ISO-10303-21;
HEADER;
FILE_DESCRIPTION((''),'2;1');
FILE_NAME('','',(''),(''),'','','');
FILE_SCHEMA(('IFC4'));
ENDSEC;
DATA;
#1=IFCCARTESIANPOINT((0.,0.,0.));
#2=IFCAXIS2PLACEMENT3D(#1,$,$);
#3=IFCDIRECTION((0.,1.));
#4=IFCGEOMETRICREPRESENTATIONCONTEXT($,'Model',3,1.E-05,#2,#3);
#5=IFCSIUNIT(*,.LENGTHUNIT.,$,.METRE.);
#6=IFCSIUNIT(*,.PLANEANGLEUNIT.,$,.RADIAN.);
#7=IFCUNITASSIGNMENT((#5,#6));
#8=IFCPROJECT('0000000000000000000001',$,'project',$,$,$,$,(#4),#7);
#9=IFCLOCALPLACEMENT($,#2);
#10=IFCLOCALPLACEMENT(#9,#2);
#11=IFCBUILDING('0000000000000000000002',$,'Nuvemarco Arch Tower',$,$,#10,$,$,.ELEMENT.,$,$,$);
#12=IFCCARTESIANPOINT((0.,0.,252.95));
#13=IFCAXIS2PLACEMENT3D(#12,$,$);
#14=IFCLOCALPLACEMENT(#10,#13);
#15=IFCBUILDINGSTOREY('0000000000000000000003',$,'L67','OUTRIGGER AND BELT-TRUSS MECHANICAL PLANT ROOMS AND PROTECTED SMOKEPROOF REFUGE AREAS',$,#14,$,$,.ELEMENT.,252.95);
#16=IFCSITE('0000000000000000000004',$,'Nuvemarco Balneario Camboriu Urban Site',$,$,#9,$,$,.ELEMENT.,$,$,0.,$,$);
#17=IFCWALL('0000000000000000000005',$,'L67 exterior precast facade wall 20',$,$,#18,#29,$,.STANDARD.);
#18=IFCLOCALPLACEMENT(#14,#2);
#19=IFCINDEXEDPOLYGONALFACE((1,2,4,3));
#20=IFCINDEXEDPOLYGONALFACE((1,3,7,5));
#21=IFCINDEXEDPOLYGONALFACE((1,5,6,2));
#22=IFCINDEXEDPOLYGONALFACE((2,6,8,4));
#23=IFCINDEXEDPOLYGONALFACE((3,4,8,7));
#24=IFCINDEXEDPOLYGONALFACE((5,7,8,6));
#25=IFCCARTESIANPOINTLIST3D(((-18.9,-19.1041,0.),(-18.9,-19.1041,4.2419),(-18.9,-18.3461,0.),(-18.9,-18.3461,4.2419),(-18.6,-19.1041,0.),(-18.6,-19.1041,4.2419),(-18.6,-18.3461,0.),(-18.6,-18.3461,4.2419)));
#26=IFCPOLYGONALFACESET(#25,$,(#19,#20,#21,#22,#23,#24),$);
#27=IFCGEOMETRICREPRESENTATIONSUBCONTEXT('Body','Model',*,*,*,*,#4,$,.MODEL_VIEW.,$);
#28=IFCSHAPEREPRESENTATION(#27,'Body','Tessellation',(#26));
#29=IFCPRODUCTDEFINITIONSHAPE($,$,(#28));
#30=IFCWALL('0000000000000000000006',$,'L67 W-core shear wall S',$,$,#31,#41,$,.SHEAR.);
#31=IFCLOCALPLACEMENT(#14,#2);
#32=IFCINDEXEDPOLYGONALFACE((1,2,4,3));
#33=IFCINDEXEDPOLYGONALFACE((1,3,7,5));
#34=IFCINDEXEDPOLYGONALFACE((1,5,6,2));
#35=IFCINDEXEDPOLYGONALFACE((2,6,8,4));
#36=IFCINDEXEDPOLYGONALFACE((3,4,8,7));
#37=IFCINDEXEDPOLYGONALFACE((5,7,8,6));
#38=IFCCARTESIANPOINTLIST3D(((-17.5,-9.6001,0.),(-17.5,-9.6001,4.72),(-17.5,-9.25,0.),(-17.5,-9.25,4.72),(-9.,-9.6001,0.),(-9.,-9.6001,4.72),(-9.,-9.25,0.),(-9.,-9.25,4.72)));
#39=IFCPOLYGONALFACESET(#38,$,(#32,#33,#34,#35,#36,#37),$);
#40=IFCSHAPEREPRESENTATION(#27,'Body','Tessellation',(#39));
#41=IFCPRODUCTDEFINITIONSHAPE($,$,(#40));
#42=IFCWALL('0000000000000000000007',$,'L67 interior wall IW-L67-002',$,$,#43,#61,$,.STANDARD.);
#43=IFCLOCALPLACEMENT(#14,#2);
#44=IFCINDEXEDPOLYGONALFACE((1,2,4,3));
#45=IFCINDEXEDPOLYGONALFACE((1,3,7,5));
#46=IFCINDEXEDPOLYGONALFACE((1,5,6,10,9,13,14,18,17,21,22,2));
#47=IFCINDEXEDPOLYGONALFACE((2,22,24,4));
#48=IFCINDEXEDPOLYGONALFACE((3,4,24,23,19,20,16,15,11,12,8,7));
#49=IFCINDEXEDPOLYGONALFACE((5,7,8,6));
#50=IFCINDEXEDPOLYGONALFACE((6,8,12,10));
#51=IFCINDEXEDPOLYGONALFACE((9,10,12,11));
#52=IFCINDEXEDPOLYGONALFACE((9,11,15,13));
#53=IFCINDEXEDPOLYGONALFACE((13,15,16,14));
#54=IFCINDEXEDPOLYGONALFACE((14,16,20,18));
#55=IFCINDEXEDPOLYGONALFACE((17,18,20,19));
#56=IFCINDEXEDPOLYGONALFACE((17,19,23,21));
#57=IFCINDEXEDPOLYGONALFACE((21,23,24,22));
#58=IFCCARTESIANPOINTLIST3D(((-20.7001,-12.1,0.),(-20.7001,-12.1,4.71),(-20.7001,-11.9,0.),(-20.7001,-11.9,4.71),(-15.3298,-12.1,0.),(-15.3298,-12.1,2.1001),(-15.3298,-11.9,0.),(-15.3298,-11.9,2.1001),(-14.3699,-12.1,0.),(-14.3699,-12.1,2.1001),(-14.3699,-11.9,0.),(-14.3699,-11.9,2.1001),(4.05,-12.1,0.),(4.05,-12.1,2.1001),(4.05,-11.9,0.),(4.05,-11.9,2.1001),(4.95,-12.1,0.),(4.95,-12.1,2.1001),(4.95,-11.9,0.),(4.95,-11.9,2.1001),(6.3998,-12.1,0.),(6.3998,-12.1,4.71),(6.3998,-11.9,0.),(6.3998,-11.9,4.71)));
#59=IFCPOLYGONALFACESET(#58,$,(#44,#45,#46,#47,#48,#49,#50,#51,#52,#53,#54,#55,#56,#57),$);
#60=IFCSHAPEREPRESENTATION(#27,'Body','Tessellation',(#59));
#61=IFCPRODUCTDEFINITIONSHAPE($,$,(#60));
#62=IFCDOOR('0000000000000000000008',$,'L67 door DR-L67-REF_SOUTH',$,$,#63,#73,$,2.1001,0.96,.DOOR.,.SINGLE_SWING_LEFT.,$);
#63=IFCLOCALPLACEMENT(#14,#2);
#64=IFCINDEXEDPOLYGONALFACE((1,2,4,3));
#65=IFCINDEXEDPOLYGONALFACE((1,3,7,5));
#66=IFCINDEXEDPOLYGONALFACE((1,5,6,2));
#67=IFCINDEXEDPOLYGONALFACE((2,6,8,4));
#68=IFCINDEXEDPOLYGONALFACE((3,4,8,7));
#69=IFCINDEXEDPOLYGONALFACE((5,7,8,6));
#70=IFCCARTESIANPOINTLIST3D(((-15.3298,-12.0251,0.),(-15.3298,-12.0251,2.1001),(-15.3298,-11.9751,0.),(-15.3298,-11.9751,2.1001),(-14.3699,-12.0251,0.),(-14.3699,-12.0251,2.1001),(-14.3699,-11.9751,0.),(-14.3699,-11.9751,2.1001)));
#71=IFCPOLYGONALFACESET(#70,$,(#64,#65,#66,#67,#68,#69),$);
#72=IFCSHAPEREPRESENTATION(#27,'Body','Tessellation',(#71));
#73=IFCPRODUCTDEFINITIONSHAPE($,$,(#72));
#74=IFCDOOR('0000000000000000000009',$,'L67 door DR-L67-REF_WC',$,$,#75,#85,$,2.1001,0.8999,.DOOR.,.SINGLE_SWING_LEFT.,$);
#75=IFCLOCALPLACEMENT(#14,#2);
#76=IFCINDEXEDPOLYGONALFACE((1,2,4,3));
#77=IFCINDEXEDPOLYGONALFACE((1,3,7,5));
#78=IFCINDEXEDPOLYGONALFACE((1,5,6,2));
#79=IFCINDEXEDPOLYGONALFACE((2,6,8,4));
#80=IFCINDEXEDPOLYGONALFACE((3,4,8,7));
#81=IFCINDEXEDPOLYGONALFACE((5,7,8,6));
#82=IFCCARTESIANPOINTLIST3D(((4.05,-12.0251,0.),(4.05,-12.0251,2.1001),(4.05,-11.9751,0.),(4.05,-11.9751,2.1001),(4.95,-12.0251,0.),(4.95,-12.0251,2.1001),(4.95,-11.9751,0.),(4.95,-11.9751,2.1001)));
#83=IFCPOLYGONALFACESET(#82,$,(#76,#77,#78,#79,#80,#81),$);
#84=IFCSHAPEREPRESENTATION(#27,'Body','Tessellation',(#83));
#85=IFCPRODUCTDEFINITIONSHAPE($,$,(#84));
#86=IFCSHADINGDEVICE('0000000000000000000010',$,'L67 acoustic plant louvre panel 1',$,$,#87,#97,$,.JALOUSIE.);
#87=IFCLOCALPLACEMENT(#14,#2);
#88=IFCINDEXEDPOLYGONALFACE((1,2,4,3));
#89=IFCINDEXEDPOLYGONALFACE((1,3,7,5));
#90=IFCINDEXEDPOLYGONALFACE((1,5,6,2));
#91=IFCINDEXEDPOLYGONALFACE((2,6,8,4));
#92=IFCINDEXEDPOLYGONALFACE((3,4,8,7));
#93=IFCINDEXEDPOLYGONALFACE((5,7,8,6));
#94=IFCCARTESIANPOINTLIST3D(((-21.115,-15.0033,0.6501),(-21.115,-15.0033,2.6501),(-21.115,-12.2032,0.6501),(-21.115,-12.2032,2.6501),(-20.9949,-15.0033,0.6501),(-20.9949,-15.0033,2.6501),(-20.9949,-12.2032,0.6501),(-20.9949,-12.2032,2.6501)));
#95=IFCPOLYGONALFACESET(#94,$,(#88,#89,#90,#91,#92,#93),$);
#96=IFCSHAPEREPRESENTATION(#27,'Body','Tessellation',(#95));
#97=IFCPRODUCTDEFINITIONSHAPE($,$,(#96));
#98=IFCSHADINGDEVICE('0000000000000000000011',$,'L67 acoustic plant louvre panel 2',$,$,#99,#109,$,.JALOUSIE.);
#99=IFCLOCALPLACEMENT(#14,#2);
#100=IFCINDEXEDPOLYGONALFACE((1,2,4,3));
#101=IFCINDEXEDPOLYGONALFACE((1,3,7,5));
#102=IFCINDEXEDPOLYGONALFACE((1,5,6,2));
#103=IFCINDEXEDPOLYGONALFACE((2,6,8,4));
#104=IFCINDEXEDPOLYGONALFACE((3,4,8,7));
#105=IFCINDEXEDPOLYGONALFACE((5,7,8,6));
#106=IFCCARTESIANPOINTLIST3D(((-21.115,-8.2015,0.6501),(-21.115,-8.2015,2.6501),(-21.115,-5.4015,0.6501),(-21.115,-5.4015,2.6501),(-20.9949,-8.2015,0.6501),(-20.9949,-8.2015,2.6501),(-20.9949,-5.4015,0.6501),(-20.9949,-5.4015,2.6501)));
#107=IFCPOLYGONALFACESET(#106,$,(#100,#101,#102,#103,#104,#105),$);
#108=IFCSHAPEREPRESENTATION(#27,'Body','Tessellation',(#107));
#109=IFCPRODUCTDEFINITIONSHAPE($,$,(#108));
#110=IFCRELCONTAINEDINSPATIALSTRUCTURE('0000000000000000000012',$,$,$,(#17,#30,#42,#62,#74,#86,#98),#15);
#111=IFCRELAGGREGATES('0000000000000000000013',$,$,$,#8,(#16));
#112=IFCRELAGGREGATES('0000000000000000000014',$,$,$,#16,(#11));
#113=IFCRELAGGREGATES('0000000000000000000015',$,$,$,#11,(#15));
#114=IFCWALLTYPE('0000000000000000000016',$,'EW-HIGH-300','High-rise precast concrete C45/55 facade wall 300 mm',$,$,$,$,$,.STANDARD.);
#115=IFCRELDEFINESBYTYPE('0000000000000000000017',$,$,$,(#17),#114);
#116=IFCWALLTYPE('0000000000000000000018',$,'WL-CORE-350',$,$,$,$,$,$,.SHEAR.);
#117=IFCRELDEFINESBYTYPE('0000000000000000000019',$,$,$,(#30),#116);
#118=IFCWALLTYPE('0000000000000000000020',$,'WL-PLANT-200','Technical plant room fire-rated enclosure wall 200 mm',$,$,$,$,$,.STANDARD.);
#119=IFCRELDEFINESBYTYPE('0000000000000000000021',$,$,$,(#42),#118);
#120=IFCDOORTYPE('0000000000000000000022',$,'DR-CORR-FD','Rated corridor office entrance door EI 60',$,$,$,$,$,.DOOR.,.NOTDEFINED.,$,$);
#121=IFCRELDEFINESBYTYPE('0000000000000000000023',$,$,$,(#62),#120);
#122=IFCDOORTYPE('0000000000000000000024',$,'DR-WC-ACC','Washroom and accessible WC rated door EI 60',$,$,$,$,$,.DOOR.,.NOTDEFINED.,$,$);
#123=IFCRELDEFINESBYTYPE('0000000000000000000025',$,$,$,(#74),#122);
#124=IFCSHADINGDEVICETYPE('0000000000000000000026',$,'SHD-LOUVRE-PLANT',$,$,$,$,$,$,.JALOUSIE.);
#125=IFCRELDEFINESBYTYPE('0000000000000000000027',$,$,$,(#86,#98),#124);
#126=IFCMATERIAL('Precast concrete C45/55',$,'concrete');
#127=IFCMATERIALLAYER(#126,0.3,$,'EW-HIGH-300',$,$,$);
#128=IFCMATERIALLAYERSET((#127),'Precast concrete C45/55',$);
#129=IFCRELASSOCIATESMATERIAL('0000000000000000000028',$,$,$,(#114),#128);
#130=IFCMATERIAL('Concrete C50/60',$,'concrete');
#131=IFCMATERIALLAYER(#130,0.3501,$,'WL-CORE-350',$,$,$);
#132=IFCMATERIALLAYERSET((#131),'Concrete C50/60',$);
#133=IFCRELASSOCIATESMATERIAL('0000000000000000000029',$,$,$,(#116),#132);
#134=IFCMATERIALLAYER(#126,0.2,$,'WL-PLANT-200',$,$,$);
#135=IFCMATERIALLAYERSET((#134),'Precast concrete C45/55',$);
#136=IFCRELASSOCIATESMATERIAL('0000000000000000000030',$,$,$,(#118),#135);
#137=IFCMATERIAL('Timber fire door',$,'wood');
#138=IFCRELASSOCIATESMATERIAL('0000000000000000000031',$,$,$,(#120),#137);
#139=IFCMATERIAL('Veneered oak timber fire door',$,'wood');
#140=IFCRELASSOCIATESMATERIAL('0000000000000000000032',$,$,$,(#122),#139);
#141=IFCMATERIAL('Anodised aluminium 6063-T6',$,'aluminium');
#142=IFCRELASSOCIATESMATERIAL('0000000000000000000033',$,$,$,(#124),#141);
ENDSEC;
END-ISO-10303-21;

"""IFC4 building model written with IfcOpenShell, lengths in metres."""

from ifc_helpers import new_model, si_unit, direction, frame, frame_2d, origin, origin_2d, place, context, subcontext, project, spatial, rectangle, extrude, source, transform, mapped, material, layer, layer_set, type_object, type_shapes, element, fill, save


model = new_model("IFC4")

# Units and contexts
model_context = context("Model", 3, precision=1e-05, world=origin(), true_north=direction((0.0, 1.0)))
body_context = subcontext(model_context, "Body", "Model", "MODEL_VIEW")
ifc_project = project(units=[si_unit("LENGTHUNIT", "METRE"), si_unit("PLANEANGLEUNIT", "RADIAN")], contexts=[model_context])

# Site, building, storey
site_placement = place(None, origin())
site = spatial("IfcSite", under=ifc_project, at=site_placement, Name="Nuvemarco Balneario Camboriu Urban Site", CompositionType="ELEMENT", RefElevation=0.0)
building_placement = place(site_placement, origin())
building = spatial("IfcBuilding", under=site, at=building_placement, Name="Nuvemarco Arch Tower", CompositionType="ELEMENT")
storey_placement = place(building_placement, frame((0.0, 0.0, 252.95)))
storey = spatial("IfcBuildingStorey", under=building, at=storey_placement, Name="L67", Description="OUTRIGGER AND BELT-TRUSS MECHANICAL PLANT ROOMS AND PROTECTED SMOKEPROOF REFUGE AREAS", CompositionType="ELEMENT", Elevation=252.95)

# Shared definitions
ifc_material_1 = material(Name="Concrete C50/60", Category="concrete")

# Shared definitions
ifc_material_2 = material(Name="Precast concrete C45/55", Category="concrete")

# Walls
ifc_layer_1 = layer(ifc_material_2, 0.3, Name="EW-HIGH-300")
ifc_layer_set_1 = layer_set([ifc_layer_1], Name="Precast concrete C45/55")
wall_type_1 = type_object("IfcWallType", Name="EW-HIGH-300", Description="High-rise precast concrete C45/55 facade wall 300 mm", PredefinedType="STANDARD", material=ifc_layer_set_1)
wall_1_placement = place(storey_placement, frame((-18.75, -19.104, 0.0), z_axis=(0.0, 0.0, 1.0), x_axis=(0.0, 1.0, 0.0)))
element("IfcWall", 1, at=wall_1_placement, inside=storey, type_object=wall_type_1, Name="L67 exterior precast facade wall 20", PredefinedType="STANDARD", context=body_context, shape_type="SweptSolid", body=[
    extrude(rectangle(XDim=0.7581, YDim=0.3, at=frame_2d((0.3789, 0.0))), origin(), (0.0, 0.0, 1.0), 4.2419),
])
ifc_layer_2 = layer(ifc_material_1, 0.3501, Name="WL-CORE-350")
ifc_layer_set_2 = layer_set([ifc_layer_2], Name="Concrete C50/60")
wall_type_2 = type_object("IfcWallType", Name="WL-CORE-350", PredefinedType="SHEAR", material=ifc_layer_set_2)
wall_2_placement = place(storey_placement, frame((-17.5, -9.425, 0.0), z_axis=(0.0, 0.0, 1.0), x_axis=(1.0, 0.0, 0.0)))
element("IfcWall", 2, at=wall_2_placement, inside=storey, type_object=wall_type_2, Name="L67 W-core shear wall S", PredefinedType="SHEAR", context=body_context, shape_type="SweptSolid", body=[
    extrude(rectangle(XDim=8.5, YDim=0.3501, at=frame_2d((4.25, 0.0))), origin(), (0.0, 0.0, 1.0), 4.72),
])

# Wall, openings, doors
ifc_layer_3 = layer(ifc_material_2, 0.2, Name="WL-PLANT-200")
ifc_layer_set_3 = layer_set([ifc_layer_3], Name="Precast concrete C45/55")
wall_type_3 = type_object("IfcWallType", Name="WL-PLANT-200", Description="Technical plant room fire-rated enclosure wall 200 mm", PredefinedType="STANDARD", material=ifc_layer_set_3)
wall_3_placement = place(storey_placement, frame((-20.7, -12.0, 0.0), z_axis=(0.0, 0.0, 1.0), x_axis=(1.0, 0.0, 0.0)))
wall_3 = element("IfcWall", 3, at=wall_3_placement, inside=storey, type_object=wall_type_3, Name="L67 interior wall IW-L67-002", PredefinedType="STANDARD", context=body_context, shape_type="SweptSolid", body=[
    extrude(rectangle(XDim=27.0999, YDim=0.2, at=frame_2d((13.5498, 0.0))), origin(), (0.0, 0.0, 1.0), 4.71),
])
opening_1_placement = place(wall_3_placement, frame((5.3701, 0.0, 0.0)))
opening_1 = element("IfcOpeningElement", 4, at=opening_1_placement, cuts=wall_3, PredefinedType="OPENING", context=body_context, shape_type="SweptSolid", body=[
    extrude(rectangle(XDim=0.96, YDim=2.1001, at=frame_2d((0.48, 1.05))), frame((0.0, 0.1099, 0.0), z_axis=(0.0, -1.0, 0.0), x_axis=(1.0, 0.0, 0.0)), (0.0, 0.0, 1.0), 0.22),
])
opening_2_placement = place(wall_3_placement, frame((24.75, 0.0, 0.0)))
opening_2 = element("IfcOpeningElement", 5, at=opening_2_placement, cuts=wall_3, PredefinedType="OPENING", context=body_context, shape_type="SweptSolid", body=[
    extrude(rectangle(XDim=0.8999, YDim=2.1001, at=frame_2d((0.45, 1.05))), frame((0.0, 0.1099, 0.0), z_axis=(0.0, -1.0, 0.0), x_axis=(1.0, 0.0, 0.0)), (0.0, 0.0, 1.0), 0.22),
])
ifc_material_3 = material(Name="Timber fire door", Category="wood")
door_type_1 = type_object("IfcDoorType", Name="DR-CORR-FD", Description="Rated corridor office entrance door EI 60", OperationType="NOTDEFINED", PredefinedType="DOOR", material=ifc_material_3)
shared_shape_1 = source(origin(), body_context, "Body", "SweptSolid", [
    extrude(rectangle(XDim=0.96, YDim=2.1001, at=frame_2d((0.48, 1.05))), frame((0.0, 0.0249, 0.0), z_axis=(0.0, -1.0, 0.0), x_axis=(1.0, 0.0, 0.0)), (0.0, 0.0, 1.0), 0.05),
])
type_shapes(door_type_1, [shared_shape_1])
door_1_placement = place(opening_1_placement, origin())
door_1 = element("IfcDoor", 6, at=door_1_placement, inside=storey, type_object=door_type_1, Name="L67 door DR-L67-REF_SOUTH", OperationType="SINGLE_SWING_LEFT", OverallHeight=2.1001, OverallWidth=0.96, PredefinedType="DOOR", context=body_context, shape_type="MappedRepresentation", body=[
    mapped(shared_shape_1, transform((0.0, 0.0, 0.0), scale=1.0)),
])
fill(opening_1, door_1)
ifc_material_4 = material(Name="Veneered oak timber fire door", Category="wood")
door_type_2 = type_object("IfcDoorType", Name="DR-WC-ACC", Description="Washroom and accessible WC rated door EI 60", OperationType="NOTDEFINED", PredefinedType="DOOR", material=ifc_material_4)
shared_shape_2 = source(origin(), body_context, "Body", "SweptSolid", [
    extrude(rectangle(XDim=0.8999, YDim=2.1001, at=frame_2d((0.45, 1.05))), frame((0.0, 0.0249, 0.0), z_axis=(0.0, -1.0, 0.0), x_axis=(1.0, 0.0, 0.0)), (0.0, 0.0, 1.0), 0.05),
])
type_shapes(door_type_2, [shared_shape_2])
door_2_placement = place(opening_2_placement, origin())
door_2 = element("IfcDoor", 7, at=door_2_placement, inside=storey, type_object=door_type_2, Name="L67 door DR-L67-REF_WC", OperationType="SINGLE_SWING_LEFT", OverallHeight=2.1001, OverallWidth=0.8999, PredefinedType="DOOR", context=body_context, shape_type="MappedRepresentation", body=[
    mapped(shared_shape_2, transform((0.0, 0.0, 0.0), scale=1.0)),
])
fill(opening_2, door_2)

# Shading devices
ifc_material_5 = material(Name="Anodised aluminium 6063-T6", Category="aluminium")
shading_device_type = type_object("IfcShadingDeviceType", Name="SHD-LOUVRE-PLANT", PredefinedType="JALOUSIE", material=ifc_material_5)
shared_shape_3 = source(origin(), body_context, "Body", "SweptSolid", [
    extrude(rectangle(XDim=2.8, YDim=0.1201, at=origin_2d()), origin(), (0.0, 0.0, 1.0), 2.0),
])
type_shapes(shading_device_type, [shared_shape_3])
for number, where, z_axis, x_axis, name in (
    (8, (-21.0549, -13.6033, 0.6501), (0.0, 0.0, 1.0), (0.0, 1.0, 0.0), "L67 acoustic plant louvre panel 1"),
    (9, (-21.0549, -6.8015, 0.6501), (0.0, 0.0, 1.0), (0.0, 1.0, 0.0), "L67 acoustic plant louvre panel 2"),
):
    element("IfcShadingDevice", number, at=place(storey_placement, frame(where, z_axis=z_axis, x_axis=x_axis)), inside=storey, type_object=shading_device_type, Name=name, PredefinedType="JALOUSIE", context=body_context, shape_type="MappedRepresentation", body=[
        mapped(shared_shape_3, transform((0.0, 0.0, 0.0), scale=1.0)),
    ])

save(model, "model.ifc")
